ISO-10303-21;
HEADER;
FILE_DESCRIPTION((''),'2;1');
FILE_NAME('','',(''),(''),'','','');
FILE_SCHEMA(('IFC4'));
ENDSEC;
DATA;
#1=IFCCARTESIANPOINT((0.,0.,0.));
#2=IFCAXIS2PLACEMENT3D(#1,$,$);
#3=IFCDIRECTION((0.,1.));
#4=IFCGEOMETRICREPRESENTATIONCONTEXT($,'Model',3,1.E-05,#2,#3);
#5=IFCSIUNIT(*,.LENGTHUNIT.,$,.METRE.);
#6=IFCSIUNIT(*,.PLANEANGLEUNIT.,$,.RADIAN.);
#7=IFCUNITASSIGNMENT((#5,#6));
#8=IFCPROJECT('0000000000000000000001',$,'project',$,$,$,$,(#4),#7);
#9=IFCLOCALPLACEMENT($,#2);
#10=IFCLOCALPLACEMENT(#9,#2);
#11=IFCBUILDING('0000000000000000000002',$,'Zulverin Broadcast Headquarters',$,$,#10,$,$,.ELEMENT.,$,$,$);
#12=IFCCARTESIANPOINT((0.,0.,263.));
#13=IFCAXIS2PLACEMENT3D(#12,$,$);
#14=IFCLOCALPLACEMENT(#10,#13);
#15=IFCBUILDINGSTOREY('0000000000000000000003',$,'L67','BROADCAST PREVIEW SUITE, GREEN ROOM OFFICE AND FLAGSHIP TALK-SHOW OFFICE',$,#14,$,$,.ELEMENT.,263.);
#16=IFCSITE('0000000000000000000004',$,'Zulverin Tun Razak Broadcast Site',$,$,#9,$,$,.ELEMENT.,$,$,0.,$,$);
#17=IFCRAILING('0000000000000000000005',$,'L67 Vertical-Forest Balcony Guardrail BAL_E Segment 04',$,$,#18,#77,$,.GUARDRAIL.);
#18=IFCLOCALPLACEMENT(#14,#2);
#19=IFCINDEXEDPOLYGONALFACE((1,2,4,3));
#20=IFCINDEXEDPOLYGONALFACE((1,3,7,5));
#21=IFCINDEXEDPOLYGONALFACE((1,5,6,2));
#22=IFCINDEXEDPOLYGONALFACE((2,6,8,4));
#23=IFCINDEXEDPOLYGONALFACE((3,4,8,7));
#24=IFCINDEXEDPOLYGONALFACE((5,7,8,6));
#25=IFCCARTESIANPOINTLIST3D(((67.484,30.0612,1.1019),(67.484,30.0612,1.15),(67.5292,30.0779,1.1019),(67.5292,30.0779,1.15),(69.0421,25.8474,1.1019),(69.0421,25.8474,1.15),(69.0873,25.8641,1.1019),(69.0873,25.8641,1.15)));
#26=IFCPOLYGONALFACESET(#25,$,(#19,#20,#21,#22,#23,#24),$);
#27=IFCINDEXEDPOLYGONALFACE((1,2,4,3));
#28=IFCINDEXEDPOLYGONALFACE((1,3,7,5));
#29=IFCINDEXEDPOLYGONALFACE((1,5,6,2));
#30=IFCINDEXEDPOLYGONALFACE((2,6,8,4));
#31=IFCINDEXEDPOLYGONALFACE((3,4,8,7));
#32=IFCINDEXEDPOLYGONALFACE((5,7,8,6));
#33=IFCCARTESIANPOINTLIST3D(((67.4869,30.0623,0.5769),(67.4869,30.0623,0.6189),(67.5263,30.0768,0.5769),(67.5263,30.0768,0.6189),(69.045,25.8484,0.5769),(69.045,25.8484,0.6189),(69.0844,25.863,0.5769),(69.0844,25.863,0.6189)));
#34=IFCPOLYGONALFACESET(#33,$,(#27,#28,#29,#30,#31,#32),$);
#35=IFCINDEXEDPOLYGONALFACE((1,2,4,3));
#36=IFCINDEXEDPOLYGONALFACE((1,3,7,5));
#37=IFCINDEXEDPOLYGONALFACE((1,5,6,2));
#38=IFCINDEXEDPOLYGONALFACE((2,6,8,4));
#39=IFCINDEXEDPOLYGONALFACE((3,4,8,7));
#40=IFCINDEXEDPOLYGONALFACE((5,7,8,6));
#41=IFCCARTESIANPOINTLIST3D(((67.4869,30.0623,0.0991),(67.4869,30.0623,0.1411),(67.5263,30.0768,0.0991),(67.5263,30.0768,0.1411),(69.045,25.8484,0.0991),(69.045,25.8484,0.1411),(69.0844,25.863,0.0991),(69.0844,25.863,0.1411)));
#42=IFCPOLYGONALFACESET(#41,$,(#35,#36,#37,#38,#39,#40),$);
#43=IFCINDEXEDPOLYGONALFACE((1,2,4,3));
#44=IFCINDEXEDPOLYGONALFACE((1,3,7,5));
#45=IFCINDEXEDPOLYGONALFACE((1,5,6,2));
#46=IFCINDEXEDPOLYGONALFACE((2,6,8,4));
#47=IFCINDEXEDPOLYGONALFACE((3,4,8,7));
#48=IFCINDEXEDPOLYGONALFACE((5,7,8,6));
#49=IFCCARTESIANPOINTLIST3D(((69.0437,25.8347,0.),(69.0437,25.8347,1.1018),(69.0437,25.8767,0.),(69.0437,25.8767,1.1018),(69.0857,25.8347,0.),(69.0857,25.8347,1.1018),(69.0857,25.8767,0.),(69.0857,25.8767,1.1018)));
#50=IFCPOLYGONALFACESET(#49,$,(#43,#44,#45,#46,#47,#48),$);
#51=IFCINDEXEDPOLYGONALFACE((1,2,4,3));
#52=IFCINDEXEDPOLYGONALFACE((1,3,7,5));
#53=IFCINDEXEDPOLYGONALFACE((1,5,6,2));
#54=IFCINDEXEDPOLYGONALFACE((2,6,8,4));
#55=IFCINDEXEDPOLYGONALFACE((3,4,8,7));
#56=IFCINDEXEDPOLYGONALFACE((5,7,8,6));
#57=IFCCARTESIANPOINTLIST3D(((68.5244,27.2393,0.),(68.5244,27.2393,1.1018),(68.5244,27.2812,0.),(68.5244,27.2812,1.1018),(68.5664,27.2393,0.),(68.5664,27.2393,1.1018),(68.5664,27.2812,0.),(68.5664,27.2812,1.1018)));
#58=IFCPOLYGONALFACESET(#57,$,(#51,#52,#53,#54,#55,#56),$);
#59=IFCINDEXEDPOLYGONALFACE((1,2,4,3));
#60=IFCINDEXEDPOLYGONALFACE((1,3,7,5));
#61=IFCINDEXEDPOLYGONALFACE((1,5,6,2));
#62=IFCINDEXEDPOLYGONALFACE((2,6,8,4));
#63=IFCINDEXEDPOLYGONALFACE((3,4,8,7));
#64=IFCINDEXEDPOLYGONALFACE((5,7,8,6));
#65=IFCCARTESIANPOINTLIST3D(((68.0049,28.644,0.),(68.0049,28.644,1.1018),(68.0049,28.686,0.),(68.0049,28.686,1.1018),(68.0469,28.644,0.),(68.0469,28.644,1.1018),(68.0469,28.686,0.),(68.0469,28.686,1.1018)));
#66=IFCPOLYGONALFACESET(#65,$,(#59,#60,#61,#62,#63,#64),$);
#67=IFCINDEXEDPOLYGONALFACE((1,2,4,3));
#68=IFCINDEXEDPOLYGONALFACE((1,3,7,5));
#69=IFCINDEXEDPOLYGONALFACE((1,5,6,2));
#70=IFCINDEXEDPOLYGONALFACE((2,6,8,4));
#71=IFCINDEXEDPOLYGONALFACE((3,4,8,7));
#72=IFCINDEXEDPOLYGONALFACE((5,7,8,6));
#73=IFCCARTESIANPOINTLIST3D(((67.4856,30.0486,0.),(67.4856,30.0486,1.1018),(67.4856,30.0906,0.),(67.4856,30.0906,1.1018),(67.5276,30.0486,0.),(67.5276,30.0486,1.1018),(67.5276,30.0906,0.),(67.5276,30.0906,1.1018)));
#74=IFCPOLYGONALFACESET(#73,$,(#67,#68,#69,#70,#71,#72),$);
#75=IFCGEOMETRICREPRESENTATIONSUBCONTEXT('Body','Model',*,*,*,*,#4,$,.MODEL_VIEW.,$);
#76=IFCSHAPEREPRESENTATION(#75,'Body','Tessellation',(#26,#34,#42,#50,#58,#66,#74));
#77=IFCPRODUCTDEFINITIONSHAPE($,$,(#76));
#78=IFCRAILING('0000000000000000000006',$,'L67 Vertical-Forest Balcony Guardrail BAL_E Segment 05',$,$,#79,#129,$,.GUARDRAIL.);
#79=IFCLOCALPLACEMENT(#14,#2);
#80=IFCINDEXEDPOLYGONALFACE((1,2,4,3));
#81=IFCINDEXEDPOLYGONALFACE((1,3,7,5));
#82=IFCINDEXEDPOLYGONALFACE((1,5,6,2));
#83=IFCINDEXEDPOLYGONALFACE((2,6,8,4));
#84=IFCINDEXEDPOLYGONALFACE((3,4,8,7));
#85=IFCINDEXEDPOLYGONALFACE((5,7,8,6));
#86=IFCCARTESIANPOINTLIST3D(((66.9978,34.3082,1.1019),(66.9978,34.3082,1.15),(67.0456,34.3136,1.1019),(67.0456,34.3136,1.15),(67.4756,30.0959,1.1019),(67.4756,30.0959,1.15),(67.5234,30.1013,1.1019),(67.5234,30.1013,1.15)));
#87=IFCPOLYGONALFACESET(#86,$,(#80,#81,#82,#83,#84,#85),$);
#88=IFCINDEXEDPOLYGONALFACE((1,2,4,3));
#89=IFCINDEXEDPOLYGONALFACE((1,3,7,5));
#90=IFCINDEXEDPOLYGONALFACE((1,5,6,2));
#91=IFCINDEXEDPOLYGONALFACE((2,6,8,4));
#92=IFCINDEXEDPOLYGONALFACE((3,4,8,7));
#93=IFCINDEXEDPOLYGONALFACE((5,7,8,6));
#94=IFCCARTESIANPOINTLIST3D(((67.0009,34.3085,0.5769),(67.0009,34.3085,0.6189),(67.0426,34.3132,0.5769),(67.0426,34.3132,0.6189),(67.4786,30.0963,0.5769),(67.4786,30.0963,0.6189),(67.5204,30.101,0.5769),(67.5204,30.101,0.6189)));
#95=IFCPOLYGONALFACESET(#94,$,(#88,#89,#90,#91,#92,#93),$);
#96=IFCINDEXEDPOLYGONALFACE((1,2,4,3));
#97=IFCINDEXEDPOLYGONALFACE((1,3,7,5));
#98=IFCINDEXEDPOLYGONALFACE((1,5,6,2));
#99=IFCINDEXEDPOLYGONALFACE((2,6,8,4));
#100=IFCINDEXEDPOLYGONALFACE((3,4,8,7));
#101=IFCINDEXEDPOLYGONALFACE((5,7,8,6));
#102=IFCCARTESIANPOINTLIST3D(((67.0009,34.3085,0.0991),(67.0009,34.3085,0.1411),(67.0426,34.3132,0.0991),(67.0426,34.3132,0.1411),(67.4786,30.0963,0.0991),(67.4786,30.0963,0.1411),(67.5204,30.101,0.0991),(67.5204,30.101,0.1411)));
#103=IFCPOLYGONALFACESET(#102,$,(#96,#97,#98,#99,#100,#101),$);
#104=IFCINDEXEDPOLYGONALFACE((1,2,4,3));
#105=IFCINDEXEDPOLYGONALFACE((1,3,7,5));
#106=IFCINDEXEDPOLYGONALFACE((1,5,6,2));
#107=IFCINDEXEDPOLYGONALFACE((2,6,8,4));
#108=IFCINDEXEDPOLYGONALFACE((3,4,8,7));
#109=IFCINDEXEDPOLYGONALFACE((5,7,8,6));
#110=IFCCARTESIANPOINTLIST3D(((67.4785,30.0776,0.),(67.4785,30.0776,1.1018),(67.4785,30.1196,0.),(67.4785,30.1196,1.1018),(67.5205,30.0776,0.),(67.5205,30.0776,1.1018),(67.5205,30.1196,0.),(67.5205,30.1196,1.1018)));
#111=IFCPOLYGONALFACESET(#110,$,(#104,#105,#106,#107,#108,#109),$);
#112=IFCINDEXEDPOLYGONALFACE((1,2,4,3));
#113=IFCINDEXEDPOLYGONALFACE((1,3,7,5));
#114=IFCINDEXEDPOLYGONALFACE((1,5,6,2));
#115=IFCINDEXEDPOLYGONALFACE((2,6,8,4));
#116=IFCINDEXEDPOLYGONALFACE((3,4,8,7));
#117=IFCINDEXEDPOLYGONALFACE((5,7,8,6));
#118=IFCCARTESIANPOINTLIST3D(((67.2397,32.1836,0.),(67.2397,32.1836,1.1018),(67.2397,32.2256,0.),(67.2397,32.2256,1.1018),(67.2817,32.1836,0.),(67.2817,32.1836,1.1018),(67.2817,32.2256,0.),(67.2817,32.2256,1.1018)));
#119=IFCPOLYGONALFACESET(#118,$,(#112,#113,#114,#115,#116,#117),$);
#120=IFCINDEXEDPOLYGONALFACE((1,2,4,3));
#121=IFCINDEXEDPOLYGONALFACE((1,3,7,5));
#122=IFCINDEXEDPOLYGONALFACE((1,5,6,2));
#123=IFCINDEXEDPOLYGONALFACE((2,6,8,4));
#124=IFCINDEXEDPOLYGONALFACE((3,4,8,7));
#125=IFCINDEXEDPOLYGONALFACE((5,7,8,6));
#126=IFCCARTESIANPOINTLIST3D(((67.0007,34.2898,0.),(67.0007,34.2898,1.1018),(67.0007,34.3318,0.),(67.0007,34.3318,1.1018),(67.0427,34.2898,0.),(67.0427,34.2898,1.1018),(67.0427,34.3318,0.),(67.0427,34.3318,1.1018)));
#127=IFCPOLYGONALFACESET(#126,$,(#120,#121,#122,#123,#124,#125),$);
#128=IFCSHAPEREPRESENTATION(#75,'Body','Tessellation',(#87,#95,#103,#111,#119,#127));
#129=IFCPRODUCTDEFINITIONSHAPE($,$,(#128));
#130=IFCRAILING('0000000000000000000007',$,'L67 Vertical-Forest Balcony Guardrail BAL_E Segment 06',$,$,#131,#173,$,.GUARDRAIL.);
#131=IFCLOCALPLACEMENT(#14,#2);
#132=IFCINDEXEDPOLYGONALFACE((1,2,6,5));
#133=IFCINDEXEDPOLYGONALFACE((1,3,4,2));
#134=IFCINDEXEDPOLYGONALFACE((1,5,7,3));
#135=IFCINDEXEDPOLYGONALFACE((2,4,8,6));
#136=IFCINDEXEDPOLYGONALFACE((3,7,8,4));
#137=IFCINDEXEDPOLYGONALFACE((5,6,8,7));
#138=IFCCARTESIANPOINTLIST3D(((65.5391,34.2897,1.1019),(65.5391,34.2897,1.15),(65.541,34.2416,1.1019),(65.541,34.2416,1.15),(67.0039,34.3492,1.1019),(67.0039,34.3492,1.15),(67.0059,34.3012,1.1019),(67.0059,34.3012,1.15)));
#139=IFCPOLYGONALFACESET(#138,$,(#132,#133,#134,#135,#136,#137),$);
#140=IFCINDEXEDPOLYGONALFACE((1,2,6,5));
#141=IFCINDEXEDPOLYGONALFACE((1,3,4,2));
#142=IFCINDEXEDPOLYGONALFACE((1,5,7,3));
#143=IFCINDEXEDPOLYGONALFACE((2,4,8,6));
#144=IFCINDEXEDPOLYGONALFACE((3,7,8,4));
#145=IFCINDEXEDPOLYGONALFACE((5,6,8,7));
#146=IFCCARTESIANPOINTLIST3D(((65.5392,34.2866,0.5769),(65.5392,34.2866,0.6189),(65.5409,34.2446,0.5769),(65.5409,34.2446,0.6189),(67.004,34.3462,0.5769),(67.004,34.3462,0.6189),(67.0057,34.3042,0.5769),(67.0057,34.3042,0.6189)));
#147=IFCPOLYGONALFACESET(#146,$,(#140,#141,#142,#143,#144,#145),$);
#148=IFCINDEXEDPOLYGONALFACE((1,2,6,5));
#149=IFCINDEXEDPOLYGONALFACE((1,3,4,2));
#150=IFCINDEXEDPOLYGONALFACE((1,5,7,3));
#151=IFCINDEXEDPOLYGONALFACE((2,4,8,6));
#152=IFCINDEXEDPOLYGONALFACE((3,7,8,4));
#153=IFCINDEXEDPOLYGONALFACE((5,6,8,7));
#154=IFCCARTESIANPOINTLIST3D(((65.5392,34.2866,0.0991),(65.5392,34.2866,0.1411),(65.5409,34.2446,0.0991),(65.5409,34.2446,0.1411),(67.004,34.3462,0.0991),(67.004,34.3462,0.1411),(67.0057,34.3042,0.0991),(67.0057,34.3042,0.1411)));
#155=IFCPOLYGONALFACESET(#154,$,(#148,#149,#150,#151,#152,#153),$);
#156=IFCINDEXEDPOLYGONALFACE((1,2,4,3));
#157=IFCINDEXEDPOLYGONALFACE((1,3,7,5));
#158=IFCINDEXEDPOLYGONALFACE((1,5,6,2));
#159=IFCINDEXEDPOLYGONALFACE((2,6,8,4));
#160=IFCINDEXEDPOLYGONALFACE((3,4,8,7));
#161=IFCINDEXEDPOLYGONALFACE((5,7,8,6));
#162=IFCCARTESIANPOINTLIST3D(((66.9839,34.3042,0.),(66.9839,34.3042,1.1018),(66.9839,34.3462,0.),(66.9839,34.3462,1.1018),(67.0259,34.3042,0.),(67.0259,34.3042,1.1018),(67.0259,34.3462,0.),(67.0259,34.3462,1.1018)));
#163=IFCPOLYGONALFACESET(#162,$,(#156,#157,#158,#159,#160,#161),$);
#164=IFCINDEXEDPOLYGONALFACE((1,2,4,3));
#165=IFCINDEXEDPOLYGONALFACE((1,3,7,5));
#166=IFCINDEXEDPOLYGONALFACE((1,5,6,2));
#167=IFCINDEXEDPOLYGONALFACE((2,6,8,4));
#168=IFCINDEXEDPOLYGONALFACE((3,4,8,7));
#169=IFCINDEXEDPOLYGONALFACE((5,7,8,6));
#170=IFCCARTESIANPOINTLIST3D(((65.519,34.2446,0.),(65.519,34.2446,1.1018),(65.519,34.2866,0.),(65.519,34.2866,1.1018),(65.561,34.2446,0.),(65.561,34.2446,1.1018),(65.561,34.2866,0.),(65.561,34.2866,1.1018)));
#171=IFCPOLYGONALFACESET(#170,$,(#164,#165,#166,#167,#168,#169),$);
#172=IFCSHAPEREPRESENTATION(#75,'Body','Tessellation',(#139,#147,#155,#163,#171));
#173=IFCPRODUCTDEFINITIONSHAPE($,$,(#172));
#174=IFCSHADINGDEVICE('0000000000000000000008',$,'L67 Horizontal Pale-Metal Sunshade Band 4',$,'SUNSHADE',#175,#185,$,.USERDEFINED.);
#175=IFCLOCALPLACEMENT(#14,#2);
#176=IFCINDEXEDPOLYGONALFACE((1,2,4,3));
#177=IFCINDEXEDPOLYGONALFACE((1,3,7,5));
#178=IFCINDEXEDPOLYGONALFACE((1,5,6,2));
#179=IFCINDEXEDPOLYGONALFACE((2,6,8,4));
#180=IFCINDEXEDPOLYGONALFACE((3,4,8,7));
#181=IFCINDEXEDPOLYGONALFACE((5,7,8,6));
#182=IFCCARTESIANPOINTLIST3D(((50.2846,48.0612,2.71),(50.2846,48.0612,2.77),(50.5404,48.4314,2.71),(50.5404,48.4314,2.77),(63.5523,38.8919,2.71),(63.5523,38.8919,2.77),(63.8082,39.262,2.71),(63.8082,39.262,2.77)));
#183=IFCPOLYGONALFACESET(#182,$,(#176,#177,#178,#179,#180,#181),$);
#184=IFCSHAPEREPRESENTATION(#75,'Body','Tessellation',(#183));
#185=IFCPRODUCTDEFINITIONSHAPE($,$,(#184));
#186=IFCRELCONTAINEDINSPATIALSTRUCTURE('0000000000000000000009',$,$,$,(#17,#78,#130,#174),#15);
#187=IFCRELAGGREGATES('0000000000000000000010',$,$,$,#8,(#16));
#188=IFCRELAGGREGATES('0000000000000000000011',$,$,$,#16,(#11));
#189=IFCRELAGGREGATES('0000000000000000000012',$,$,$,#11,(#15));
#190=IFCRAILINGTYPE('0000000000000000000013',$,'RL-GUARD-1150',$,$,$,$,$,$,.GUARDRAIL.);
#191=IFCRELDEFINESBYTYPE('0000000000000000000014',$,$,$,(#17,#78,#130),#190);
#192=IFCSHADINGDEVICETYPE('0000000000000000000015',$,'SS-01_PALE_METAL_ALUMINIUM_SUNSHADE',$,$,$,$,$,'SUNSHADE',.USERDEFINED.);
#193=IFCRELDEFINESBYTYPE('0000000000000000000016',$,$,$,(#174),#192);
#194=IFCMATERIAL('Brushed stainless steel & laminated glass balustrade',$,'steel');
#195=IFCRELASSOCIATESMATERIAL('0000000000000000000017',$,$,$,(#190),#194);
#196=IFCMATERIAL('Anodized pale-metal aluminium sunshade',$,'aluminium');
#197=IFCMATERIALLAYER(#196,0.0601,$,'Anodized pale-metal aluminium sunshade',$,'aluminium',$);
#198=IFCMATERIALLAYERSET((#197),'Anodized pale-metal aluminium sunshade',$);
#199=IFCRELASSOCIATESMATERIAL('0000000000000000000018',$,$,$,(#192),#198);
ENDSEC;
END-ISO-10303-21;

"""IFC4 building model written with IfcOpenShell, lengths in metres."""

from ifc_helpers import new_model, si_unit, direction, frame, origin, origin_2d, place, context, subcontext, project, spatial, rectangle, extrude, material, layer, layer_set, type_object, element, save


model = new_model("IFC4")

# Units and contexts
model_context = context("Model", 3, precision=1e-05, world=origin(), true_north=direction((0.0, 1.0)))
body_context = subcontext(model_context, "Body", "Model", "MODEL_VIEW")
ifc_project = project(units=[si_unit("LENGTHUNIT", "METRE"), si_unit("PLANEANGLEUNIT", "RADIAN")], contexts=[model_context])

# Site, building, storey
site_placement = place(None, origin())
site = spatial("IfcSite", under=ifc_project, at=site_placement, Name="Zulverin Tun Razak Broadcast Site", CompositionType="ELEMENT", RefElevation=0.0)
building_placement = place(site_placement, origin())
building = spatial("IfcBuilding", under=site, at=building_placement, Name="Zulverin Broadcast Headquarters", CompositionType="ELEMENT")
storey_placement = place(building_placement, frame((0.0, 0.0, 263.0)))
storey = spatial("IfcBuildingStorey", under=building, at=storey_placement, Name="L67", Description="BROADCAST PREVIEW SUITE, GREEN ROOM OFFICE AND FLAGSHIP TALK-SHOW OFFICE", CompositionType="ELEMENT", Elevation=263.0)

# Railings
ifc_material_1 = material(Name="Brushed stainless steel & laminated glass balustrade", Category="steel")
railing_type = type_object("IfcRailingType", Name="RL-GUARD-1150", PredefinedType="GUARDRAIL", material=ifc_material_1)
railing_1_placement = place(storey_placement, frame((69.0647, 25.8557, 0.0)))
element("IfcRailing", 1, at=railing_1_placement, inside=storey, type_object=railing_type, Name="L67 Vertical-Forest Balcony Guardrail BAL_E Segment 04", PredefinedType="GUARDRAIL", context=body_context, shape_type="SweptSolid", body=[
    extrude(rectangle(XDim=0.0481, YDim=0.0481, at=origin_2d()), frame((0.0, 0.0, 1.126), z_axis=(-0.346808, 0.937936, 0.0), x_axis=(-0.937936, -0.346808, 0.0)), (0.0, 0.0, 1.0), 4.4927),
    extrude(rectangle(XDim=0.042, YDim=0.042, at=origin_2d()), frame((0.0, 0.0, 0.5979), z_axis=(-0.346808, 0.937936, 0.0), x_axis=(-0.937936, -0.346808, 0.0)), (0.0, 0.0, 1.0), 4.4927),
    extrude(rectangle(XDim=0.042, YDim=0.042, at=origin_2d()), frame((0.0, 0.0, 0.1201), z_axis=(-0.346808, 0.937936, 0.0), x_axis=(-0.937936, -0.346808, 0.0)), (0.0, 0.0, 1.0), 4.4927),
    extrude(rectangle(XDim=0.042, YDim=0.042, at=origin_2d()), origin(), (0.0, 0.0, 1.0), 1.1018),
    extrude(rectangle(XDim=0.042, YDim=0.042, at=origin_2d()), frame((-0.5193, 1.4045, 0.0)), (0.0, 0.0, 1.0), 1.1018),
    extrude(rectangle(XDim=0.042, YDim=0.042, at=origin_2d()), frame((-1.0388, 2.8093, 0.0)), (0.0, 0.0, 1.0), 1.1018),
    extrude(rectangle(XDim=0.042, YDim=0.042, at=origin_2d()), frame((-1.5581, 4.2139, 0.0)), (0.0, 0.0, 1.0), 1.1018),
])
railing_2_placement = place(storey_placement, frame((67.4995, 30.0986, 0.0)))
element("IfcRailing", 2, at=railing_2_placement, inside=storey, type_object=railing_type, Name="L67 Vertical-Forest Balcony Guardrail BAL_E Segment 05", PredefinedType="GUARDRAIL", context=body_context, shape_type="SweptSolid", body=[
    extrude(rectangle(XDim=0.0481, YDim=0.0481, at=origin_2d()), frame((0.0, 0.0, 1.126), z_axis=(-0.112707, 0.993628, 0.0), x_axis=(-0.993628, -0.112707, 0.0)), (0.0, 0.0, 1.0), 4.2393),
    extrude(rectangle(XDim=0.042, YDim=0.042, at=origin_2d()), frame((0.0, 0.0, 0.5979), z_axis=(-0.112707, 0.993628, 0.0), x_axis=(-0.993628, -0.112707, 0.0)), (0.0, 0.0, 1.0), 4.2393),
    extrude(rectangle(XDim=0.042, YDim=0.042, at=origin_2d()), frame((0.0, 0.0, 0.1201), z_axis=(-0.112707, 0.993628, 0.0), x_axis=(-0.993628, -0.112707, 0.0)), (0.0, 0.0, 1.0), 4.2393),
    extrude(rectangle(XDim=0.042, YDim=0.042, at=origin_2d()), origin(), (0.0, 0.0, 1.0), 1.1018),
    extrude(rectangle(XDim=0.042, YDim=0.042, at=origin_2d()), frame((-0.2388, 2.106, 0.0)), (0.0, 0.0, 1.0), 1.1018),
    extrude(rectangle(XDim=0.042, YDim=0.042, at=origin_2d()), frame((-0.4778, 4.2122, 0.0)), (0.0, 0.0, 1.0), 1.1018),
])
railing_3_placement = place(storey_placement, frame((67.0049, 34.3252, 0.0)))
element("IfcRailing", 3, at=railing_3_placement, inside=storey, type_object=railing_type, Name="L67 Vertical-Forest Balcony Guardrail BAL_E Segment 06", PredefinedType="GUARDRAIL", context=body_context, shape_type="SweptSolid", body=[
    extrude(rectangle(XDim=0.0481, YDim=0.0481, at=origin_2d()), frame((0.0, 0.0, 1.126), z_axis=(-0.999174, -0.040633, 0.0), x_axis=(0.040633, -0.999174, 0.0)), (0.0, 0.0, 1.0), 1.4661),
    extrude(rectangle(XDim=0.042, YDim=0.042, at=origin_2d()), frame((0.0, 0.0, 0.5979), z_axis=(-0.999174, -0.040633, 0.0), x_axis=(0.040633, -0.999174, 0.0)), (0.0, 0.0, 1.0), 1.4661),
    extrude(rectangle(XDim=0.042, YDim=0.042, at=origin_2d()), frame((0.0, 0.0, 0.1201), z_axis=(-0.999174, -0.040633, 0.0), x_axis=(0.040633, -0.999174, 0.0)), (0.0, 0.0, 1.0), 1.4661),
    extrude(rectangle(XDim=0.042, YDim=0.042, at=origin_2d()), origin(), (0.0, 0.0, 1.0), 1.1018),
    extrude(rectangle(XDim=0.042, YDim=0.042, at=origin_2d()), frame((-1.4648, -0.0596, 0.0)), (0.0, 0.0, 1.0), 1.1018),
])

# Shading device
ifc_material_2 = material(Name="Anodized pale-metal aluminium sunshade", Category="aluminium")
ifc_layer_1 = layer(ifc_material_2, 0.0601, Name="Anodized pale-metal aluminium sunshade", Category="aluminium")
ifc_layer_set_1 = layer_set([ifc_layer_1], Name="Anodized pale-metal aluminium sunshade")
shading_device_type = type_object("IfcShadingDeviceType", Name="SS-01_PALE_METAL_ALUMINIUM_SUNSHADE", ElementType="SUNSHADE", PredefinedType="USERDEFINED", material=ifc_layer_set_1)
shading_device_placement = place(storey_placement, frame((57.0464, 43.6616, 2.71), z_axis=(0.0, 0.0, 1.0), x_axis=(-0.822655, 0.56854, 0.0)))
element("IfcShadingDevice", 4, at=shading_device_placement, inside=storey, type_object=shading_device_type, Name="L67 Horizontal Pale-Metal Sunshade Band 4", ObjectType="SUNSHADE", PredefinedType="USERDEFINED", context=body_context, shape_type="SweptSolid", body=[
    extrude(rectangle(XDim=16.1279, YDim=0.45, at=origin_2d()), origin(), (0.0, 0.0, 1.0), 0.0601),
])

save(model, "model.ifc")
